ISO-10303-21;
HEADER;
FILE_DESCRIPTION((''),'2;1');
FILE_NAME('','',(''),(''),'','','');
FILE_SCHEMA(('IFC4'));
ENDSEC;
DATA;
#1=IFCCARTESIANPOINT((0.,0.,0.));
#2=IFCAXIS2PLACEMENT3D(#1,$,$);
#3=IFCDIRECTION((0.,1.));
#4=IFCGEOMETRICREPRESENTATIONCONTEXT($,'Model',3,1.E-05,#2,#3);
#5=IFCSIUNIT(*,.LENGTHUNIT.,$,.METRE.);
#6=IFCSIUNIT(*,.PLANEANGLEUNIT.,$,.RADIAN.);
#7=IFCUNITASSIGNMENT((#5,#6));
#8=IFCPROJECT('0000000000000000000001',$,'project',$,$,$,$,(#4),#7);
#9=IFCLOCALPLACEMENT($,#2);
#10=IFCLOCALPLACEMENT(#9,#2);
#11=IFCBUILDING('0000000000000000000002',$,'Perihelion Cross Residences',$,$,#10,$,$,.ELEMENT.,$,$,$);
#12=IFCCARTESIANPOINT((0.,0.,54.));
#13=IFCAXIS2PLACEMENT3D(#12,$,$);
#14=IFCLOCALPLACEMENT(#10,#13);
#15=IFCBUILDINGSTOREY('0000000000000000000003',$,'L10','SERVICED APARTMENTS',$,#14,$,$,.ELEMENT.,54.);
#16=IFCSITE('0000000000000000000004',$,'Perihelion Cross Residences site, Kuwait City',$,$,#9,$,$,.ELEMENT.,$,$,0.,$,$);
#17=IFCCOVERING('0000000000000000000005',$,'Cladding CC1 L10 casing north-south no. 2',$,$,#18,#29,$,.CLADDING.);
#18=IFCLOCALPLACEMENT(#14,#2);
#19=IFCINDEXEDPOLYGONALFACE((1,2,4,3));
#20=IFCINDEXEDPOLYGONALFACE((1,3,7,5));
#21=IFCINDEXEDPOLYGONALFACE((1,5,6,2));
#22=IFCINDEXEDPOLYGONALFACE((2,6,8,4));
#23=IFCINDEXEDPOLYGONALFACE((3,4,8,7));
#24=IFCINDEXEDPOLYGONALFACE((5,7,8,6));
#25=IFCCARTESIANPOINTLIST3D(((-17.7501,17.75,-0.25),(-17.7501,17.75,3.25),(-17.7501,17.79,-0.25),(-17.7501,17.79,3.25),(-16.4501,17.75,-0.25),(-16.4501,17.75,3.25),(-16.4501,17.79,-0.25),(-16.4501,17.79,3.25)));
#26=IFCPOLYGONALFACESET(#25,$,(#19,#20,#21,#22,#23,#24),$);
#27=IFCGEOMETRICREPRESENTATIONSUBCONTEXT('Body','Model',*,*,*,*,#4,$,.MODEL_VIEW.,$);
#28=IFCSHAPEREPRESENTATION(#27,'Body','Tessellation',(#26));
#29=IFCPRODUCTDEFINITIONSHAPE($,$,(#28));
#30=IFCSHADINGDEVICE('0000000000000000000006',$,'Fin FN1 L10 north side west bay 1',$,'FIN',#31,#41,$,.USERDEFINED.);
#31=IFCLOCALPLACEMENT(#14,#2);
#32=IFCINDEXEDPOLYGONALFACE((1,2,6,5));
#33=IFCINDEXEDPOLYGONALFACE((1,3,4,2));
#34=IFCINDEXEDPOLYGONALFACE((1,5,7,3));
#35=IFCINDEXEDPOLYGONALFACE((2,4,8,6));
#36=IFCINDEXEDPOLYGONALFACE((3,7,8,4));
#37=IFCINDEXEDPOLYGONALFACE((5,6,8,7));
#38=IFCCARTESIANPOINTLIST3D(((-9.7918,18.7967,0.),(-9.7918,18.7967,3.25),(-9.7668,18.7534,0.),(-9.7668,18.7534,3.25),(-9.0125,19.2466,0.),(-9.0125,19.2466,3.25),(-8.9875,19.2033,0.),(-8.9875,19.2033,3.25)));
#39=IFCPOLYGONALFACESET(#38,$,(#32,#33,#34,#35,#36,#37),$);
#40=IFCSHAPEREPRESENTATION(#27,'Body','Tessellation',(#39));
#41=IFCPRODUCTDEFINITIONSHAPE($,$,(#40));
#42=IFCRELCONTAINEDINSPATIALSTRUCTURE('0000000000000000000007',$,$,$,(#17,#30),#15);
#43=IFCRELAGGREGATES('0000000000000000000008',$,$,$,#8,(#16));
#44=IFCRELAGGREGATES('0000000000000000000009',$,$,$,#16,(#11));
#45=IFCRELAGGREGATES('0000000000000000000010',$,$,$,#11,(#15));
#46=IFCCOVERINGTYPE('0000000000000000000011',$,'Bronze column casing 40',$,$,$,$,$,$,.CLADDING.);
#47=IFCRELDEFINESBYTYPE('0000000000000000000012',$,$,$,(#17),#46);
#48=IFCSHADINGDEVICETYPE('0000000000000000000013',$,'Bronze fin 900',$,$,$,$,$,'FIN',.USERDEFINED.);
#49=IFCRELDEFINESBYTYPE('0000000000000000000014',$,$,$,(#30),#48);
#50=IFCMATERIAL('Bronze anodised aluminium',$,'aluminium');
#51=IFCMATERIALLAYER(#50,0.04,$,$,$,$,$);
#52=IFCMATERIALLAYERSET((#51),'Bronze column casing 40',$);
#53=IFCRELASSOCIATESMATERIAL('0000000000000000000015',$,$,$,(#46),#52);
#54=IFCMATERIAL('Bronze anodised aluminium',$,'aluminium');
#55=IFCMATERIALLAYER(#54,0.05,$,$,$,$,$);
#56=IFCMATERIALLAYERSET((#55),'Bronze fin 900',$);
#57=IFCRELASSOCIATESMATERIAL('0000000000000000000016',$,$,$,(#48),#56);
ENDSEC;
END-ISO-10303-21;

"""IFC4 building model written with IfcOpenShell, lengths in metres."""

from ifc_helpers import new_model, si_unit, direction, frame, origin, origin_2d, place, context, subcontext, project, spatial, rectangle, extrude, material, layer, layer_set, type_object, element, save


model = new_model("IFC4")

# Units and contexts
model_context = context("Model", 3, precision=1e-05, world=origin(), true_north=direction((0.0, 1.0)))
body_context = subcontext(model_context, "Body", "Model", "MODEL_VIEW")
ifc_project = project(units=[si_unit("LENGTHUNIT", "METRE"), si_unit("PLANEANGLEUNIT", "RADIAN")], contexts=[model_context])

# Site, building, storey
site_placement = place(None, origin())
site = spatial("IfcSite", under=ifc_project, at=site_placement, Name="Perihelion Cross Residences site, Kuwait City", CompositionType="ELEMENT", RefElevation=0.0)
building_placement = place(site_placement, origin())
building = spatial("IfcBuilding", under=site, at=building_placement, Name="Perihelion Cross Residences", CompositionType="ELEMENT")
storey_placement = place(building_placement, frame((0.0, 0.0, 54.0)))
storey = spatial("IfcBuildingStorey", under=building, at=storey_placement, Name="L10", Description="SERVICED APARTMENTS", CompositionType="ELEMENT", Elevation=54.0)

# Covering
ifc_material_1 = material(Name="Bronze anodised aluminium", Category="aluminium")
ifc_layer_1 = layer(ifc_material_1, 0.04)
ifc_layer_set_1 = layer_set([ifc_layer_1], Name="Bronze column casing 40")
covering_type = type_object("IfcCoveringType", Name="Bronze column casing 40", PredefinedType="CLADDING", material=ifc_layer_set_1)
covering_1_placement = place(storey_placement, frame((-17.1001, 17.77, -0.25), z_axis=(0.0, 0.0, 1.0), x_axis=(1.0, 0.0, 0.0)))
element("IfcCovering", 1, at=covering_1_placement, inside=storey, type_object=covering_type, Name="Cladding CC1 L10 casing north-south no. 2", PredefinedType="CLADDING", context=body_context, shape_type="SweptSolid", body=[
    extrude(rectangle(XDim=1.3, YDim=0.04, at=origin_2d()), origin(), (0.0, 0.0, 1.0), 3.5),
])

# Shading device
ifc_material_2 = material(Name="Bronze anodised aluminium", Category="aluminium")
ifc_layer_2 = layer(ifc_material_2, 0.05)
ifc_layer_set_2 = layer_set([ifc_layer_2], Name="Bronze fin 900")
shading_device_type = type_object("IfcShadingDeviceType", Name="Bronze fin 900", ElementType="FIN", PredefinedType="USERDEFINED", material=ifc_layer_set_2)
shading_device_placement = place(storey_placement, frame((-9.3896, 19.0, 0.0), z_axis=(0.0, 0.0, 1.0), x_axis=(-0.866025, -0.5, 0.0)))
element("IfcShadingDevice", 2, at=shading_device_placement, inside=storey, type_object=shading_device_type, Name="Fin FN1 L10 north side west bay 1", ObjectType="FIN", PredefinedType="USERDEFINED", context=body_context, shape_type="SweptSolid", body=[
    extrude(rectangle(XDim=0.8999, YDim=0.05, at=origin_2d()), origin(), (0.0, 0.0, 1.0), 3.25),
])

save(model, "model.ifc")
